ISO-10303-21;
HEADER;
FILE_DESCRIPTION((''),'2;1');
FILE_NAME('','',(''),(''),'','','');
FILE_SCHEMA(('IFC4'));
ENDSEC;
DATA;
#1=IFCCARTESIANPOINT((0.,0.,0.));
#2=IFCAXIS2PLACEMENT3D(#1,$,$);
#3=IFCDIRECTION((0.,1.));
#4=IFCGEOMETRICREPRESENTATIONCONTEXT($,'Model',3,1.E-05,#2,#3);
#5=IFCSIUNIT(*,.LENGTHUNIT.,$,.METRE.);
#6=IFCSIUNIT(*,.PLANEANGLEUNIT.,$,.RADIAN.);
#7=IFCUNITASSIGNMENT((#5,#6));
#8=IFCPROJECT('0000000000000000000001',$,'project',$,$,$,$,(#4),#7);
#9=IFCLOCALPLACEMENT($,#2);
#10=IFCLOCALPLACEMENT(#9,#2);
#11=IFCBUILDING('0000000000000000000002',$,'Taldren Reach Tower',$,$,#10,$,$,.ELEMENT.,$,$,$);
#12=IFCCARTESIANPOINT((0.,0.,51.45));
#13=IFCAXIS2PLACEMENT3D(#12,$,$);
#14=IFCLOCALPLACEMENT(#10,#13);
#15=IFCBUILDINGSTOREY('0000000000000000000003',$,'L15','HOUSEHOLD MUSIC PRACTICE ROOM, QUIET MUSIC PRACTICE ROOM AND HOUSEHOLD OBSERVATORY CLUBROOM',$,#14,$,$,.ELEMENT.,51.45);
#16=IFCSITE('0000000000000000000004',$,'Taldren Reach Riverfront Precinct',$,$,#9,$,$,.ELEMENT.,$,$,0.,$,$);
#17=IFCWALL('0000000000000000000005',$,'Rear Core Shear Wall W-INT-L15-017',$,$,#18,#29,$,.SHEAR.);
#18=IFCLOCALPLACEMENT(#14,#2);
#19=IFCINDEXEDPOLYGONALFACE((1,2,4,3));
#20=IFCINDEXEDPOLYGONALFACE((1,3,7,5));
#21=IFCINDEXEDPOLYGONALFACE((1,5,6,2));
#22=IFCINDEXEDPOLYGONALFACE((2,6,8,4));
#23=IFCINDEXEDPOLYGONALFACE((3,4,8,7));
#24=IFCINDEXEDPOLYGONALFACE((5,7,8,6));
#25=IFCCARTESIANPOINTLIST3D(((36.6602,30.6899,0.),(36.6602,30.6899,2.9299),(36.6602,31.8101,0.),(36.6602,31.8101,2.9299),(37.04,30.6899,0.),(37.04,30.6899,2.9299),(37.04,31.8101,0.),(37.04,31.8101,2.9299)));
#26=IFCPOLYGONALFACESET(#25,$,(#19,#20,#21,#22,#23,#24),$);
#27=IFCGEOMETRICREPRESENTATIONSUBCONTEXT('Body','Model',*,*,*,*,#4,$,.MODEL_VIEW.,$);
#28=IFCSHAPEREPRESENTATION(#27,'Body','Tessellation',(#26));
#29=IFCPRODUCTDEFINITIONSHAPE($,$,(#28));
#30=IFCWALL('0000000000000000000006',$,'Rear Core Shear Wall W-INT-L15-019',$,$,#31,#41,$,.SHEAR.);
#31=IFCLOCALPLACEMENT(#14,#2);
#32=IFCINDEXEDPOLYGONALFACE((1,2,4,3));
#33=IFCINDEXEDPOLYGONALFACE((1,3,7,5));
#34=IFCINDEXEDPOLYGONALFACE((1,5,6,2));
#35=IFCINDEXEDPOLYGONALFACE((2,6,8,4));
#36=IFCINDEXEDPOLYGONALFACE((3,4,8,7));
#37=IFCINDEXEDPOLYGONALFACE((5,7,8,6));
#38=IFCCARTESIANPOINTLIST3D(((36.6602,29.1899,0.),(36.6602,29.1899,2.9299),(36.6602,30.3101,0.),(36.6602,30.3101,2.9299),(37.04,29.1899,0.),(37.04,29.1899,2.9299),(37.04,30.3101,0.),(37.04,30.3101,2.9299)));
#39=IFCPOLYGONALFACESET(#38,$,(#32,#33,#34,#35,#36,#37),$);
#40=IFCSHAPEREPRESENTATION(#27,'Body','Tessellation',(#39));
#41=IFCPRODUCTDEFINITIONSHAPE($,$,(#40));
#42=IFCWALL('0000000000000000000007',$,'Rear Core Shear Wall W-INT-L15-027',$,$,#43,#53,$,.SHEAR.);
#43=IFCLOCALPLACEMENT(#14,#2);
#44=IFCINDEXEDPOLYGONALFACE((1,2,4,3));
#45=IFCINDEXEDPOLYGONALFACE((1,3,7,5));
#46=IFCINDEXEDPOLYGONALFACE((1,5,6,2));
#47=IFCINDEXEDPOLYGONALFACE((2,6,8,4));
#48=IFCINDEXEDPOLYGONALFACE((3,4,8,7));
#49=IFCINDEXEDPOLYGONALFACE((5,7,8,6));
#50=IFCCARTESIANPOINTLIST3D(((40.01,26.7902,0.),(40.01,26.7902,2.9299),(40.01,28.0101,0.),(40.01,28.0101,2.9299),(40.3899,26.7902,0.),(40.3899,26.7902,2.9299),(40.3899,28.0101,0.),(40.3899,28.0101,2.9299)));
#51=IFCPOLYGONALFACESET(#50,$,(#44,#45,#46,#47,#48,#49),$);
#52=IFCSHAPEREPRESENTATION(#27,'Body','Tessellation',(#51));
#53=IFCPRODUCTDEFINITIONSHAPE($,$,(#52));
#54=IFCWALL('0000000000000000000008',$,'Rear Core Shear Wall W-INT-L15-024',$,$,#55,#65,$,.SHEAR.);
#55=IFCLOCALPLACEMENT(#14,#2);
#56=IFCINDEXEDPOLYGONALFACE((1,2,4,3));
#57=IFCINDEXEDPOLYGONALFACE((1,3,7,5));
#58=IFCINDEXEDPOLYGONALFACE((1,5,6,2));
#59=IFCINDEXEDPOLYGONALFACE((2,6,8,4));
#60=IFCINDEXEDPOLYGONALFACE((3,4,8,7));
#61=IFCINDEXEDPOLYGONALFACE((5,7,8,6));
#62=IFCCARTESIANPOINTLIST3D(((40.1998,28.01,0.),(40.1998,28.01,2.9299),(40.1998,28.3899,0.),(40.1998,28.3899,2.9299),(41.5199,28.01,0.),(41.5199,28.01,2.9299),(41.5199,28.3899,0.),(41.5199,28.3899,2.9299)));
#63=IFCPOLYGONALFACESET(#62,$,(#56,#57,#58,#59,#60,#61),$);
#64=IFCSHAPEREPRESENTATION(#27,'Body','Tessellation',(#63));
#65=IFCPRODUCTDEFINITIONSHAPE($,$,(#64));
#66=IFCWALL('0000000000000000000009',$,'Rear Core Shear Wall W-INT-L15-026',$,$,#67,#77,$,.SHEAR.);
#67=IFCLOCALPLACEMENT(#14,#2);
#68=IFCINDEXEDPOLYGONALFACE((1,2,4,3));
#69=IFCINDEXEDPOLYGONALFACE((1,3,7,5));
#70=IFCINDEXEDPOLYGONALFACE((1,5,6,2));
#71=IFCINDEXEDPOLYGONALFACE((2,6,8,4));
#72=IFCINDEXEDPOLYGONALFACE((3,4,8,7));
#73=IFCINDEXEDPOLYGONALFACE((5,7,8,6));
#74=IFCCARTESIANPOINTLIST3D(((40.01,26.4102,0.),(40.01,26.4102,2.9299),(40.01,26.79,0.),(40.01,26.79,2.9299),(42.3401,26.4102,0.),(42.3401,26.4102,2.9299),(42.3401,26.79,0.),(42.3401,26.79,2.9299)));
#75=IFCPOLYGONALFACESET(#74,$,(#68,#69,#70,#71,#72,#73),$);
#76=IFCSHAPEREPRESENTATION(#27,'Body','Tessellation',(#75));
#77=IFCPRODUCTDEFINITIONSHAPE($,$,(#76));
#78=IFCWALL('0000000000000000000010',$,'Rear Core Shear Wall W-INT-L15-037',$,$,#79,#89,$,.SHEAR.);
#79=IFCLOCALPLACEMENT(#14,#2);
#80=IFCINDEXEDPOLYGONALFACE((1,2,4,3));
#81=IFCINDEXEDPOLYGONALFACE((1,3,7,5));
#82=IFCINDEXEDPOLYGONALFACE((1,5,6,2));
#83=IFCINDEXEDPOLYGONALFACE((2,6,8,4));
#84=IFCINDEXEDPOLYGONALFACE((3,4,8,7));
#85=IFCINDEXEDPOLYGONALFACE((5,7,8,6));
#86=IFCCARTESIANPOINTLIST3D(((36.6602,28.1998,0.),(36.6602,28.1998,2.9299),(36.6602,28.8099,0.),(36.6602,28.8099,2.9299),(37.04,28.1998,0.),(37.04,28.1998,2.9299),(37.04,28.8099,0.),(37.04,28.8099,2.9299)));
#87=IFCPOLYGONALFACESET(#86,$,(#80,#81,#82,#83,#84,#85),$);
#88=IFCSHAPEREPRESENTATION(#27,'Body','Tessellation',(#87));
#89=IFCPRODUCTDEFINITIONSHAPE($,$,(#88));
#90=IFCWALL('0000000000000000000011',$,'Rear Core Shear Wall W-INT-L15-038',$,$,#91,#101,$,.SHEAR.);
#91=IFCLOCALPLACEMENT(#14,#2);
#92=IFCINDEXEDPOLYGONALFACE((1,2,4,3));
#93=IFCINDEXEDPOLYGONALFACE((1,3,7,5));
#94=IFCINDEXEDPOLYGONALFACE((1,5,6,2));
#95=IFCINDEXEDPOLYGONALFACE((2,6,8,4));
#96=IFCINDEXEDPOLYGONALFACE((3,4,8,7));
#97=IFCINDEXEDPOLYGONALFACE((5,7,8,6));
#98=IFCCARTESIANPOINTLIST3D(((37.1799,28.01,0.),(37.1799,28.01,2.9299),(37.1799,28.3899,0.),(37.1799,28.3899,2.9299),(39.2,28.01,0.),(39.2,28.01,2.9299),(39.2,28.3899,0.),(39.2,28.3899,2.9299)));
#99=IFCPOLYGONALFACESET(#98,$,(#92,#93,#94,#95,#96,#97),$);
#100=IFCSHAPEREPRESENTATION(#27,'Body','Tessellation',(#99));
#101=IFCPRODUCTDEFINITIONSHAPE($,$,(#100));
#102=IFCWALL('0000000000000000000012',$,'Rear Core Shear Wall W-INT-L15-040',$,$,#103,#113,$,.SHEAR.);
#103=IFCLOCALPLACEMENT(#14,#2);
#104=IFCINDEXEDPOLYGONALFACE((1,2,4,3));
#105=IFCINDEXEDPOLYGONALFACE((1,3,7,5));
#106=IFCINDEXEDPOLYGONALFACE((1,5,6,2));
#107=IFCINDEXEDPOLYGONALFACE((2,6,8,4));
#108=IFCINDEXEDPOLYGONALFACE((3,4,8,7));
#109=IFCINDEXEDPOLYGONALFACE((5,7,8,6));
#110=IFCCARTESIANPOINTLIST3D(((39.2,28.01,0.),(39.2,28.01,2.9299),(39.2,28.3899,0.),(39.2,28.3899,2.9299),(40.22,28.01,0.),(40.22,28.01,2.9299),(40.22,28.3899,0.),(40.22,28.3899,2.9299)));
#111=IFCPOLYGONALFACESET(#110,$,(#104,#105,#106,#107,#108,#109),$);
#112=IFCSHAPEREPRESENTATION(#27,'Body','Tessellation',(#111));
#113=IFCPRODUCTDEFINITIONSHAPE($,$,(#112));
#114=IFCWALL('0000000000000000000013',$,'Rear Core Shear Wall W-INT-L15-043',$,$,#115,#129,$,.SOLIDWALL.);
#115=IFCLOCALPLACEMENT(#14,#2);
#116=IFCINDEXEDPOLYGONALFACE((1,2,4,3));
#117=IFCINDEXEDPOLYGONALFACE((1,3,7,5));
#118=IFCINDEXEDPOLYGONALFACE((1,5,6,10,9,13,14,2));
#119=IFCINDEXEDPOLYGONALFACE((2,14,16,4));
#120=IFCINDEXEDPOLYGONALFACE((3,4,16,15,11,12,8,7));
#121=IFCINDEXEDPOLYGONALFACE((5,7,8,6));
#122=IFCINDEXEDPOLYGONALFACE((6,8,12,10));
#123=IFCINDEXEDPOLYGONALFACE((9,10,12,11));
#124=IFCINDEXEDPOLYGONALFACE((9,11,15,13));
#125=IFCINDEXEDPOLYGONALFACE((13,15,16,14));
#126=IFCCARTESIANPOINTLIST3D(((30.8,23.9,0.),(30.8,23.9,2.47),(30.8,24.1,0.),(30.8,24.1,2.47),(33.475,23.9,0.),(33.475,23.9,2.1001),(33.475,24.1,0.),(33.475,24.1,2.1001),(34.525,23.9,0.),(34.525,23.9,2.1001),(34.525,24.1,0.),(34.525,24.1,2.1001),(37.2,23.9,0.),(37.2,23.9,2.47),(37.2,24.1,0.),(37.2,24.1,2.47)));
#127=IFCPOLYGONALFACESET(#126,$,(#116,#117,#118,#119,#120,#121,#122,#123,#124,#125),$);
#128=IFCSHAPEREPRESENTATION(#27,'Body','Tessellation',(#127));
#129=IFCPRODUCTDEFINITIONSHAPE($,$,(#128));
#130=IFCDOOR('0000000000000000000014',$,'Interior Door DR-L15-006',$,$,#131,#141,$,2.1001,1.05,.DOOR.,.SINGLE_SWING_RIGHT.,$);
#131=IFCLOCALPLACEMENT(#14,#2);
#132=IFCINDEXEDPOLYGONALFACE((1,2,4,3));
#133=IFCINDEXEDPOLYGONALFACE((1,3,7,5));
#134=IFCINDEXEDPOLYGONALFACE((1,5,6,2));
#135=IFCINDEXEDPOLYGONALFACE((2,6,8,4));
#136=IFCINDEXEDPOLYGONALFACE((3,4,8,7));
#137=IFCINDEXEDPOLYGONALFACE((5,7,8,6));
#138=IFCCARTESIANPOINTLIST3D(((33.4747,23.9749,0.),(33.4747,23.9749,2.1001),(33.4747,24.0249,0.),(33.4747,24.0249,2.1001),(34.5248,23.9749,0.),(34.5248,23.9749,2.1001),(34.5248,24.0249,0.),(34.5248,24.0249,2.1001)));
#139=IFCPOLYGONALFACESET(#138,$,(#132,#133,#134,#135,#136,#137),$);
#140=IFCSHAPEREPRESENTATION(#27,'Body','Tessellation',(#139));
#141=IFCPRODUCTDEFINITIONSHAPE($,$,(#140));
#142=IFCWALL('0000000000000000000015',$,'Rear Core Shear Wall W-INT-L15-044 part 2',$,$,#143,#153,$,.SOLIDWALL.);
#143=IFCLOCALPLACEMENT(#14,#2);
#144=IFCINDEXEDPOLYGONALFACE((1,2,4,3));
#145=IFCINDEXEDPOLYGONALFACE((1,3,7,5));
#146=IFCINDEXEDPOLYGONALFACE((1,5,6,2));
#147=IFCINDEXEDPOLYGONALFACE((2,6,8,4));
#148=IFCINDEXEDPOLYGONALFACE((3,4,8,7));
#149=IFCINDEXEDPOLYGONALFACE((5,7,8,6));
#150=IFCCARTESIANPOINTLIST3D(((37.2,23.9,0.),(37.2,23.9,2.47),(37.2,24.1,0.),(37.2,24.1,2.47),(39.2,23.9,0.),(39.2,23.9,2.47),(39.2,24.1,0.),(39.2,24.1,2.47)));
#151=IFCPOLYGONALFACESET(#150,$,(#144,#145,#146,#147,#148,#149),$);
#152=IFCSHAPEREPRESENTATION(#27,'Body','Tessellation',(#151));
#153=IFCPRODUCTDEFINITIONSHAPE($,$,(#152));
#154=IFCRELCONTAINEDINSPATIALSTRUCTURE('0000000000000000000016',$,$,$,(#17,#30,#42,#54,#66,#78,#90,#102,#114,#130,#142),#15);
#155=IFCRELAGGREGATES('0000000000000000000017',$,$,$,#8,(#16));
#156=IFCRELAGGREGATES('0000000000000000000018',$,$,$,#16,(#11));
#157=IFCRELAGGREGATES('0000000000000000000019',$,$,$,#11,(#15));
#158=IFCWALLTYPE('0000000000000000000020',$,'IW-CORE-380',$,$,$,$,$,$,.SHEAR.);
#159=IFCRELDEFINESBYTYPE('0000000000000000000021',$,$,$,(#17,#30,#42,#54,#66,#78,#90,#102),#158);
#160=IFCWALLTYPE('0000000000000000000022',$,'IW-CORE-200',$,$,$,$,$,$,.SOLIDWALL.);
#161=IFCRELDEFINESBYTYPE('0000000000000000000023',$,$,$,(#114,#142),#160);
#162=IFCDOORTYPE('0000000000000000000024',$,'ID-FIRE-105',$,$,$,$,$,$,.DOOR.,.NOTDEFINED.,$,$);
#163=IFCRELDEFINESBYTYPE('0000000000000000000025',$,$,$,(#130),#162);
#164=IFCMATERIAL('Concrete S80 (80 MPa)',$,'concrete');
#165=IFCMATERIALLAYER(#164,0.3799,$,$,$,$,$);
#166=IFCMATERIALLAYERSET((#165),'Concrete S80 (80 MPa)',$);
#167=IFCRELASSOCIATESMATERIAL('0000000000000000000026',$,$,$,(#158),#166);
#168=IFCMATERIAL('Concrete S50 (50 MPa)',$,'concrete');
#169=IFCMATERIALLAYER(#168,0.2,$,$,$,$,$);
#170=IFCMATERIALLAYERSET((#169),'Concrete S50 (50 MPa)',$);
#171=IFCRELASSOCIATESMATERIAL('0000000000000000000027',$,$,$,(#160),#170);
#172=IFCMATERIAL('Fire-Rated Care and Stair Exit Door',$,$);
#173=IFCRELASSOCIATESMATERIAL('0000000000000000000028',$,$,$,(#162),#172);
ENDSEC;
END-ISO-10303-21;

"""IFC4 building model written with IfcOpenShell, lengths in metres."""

from ifc_helpers import new_model, si_unit, direction, frame, frame_2d, origin, place, context, subcontext, project, spatial, rectangle, extrude, source, transform, mapped, material, layer, layer_set, type_object, element, fill, save


model = new_model("IFC4")

# Units and contexts
model_context = context("Model", 3, precision=1e-05, world=origin(), true_north=direction((0.0, 1.0)))
body_context = subcontext(model_context, "Body", "Model", "MODEL_VIEW")
ifc_project = project(units=[si_unit("LENGTHUNIT", "METRE"), si_unit("PLANEANGLEUNIT", "RADIAN")], contexts=[model_context])

# Site, building, storey
site_placement = place(None, origin())
site = spatial("IfcSite", under=ifc_project, at=site_placement, Name="Taldren Reach Riverfront Precinct", CompositionType="ELEMENT", RefElevation=0.0)
building_placement = place(site_placement, origin())
building = spatial("IfcBuilding", under=site, at=building_placement, Name="Taldren Reach Tower", CompositionType="ELEMENT")
storey_placement = place(building_placement, frame((0.0, 0.0, 51.45)))
storey = spatial("IfcBuildingStorey", under=building, at=storey_placement, Name="L15", Description="HOUSEHOLD MUSIC PRACTICE ROOM, QUIET MUSIC PRACTICE ROOM AND HOUSEHOLD OBSERVATORY CLUBROOM", CompositionType="ELEMENT", Elevation=51.45)

# Walls
ifc_material_1 = material(Name="Concrete S80 (80 MPa)", Category="concrete")
ifc_layer_1 = layer(ifc_material_1, 0.3799)
ifc_layer_set_1 = layer_set([ifc_layer_1], Name="Concrete S80 (80 MPa)")
wall_type_1 = type_object("IfcWallType", Name="IW-CORE-380", PredefinedType="SHEAR", material=ifc_layer_set_1)
ifc_material_2 = material(Name="Concrete S50 (50 MPa)", Category="concrete")
ifc_layer_2 = layer(ifc_material_2, 0.2)
ifc_layer_set_2 = layer_set([ifc_layer_2], Name="Concrete S50 (50 MPa)")
wall_type_2 = type_object("IfcWallType", Name="IW-CORE-200", PredefinedType="SOLIDWALL", material=ifc_layer_set_2)
shared_shape_1 = source(origin(), body_context, "Body", "SweptSolid", [
    extrude(rectangle(XDim=1.1201, YDim=0.3799, at=frame_2d((0.5601, 0.0))), origin(), (0.0, 0.0, 1.0), 2.9299),
])
for number, where, z_axis, x_axis, name in (
    (1, (36.8501, 30.6899, 0.0), (0.0, 0.0, 1.0), (0.0, 1.0, 0.0), "Rear Core Shear Wall W-INT-L15-017"),
    (2, (36.8501, 29.1899, 0.0), (0.0, 0.0, 1.0), (0.0, 1.0, 0.0), "Rear Core Shear Wall W-INT-L15-019"),
):
    element("IfcWall", number, at=place(storey_placement, frame(where, z_axis=z_axis, x_axis=x_axis)), inside=storey, type_object=wall_type_1, Name=name, PredefinedType="SHEAR", context=body_context, shape_type="MappedRepresentation", body=[
        mapped(shared_shape_1, transform((0.0, 0.0, 0.0), scale=1.0)),
    ])
shared_shape_2 = source(origin(), body_context, "Body", "SweptSolid", [
    extrude(rectangle(XDim=1.22, YDim=0.3799, at=frame_2d((0.6099, 0.0))), origin(), (0.0, 0.0, 1.0), 2.9299),
])
wall_1_placement = place(storey_placement, frame((40.2, 28.01, 0.0), z_axis=(0.0, 0.0, 1.0), x_axis=(0.0, -1.0, 0.0)))
element("IfcWall", 3, at=wall_1_placement, inside=storey, type_object=wall_type_1, Name="Rear Core Shear Wall W-INT-L15-027", PredefinedType="SHEAR", context=body_context, shape_type="MappedRepresentation", body=[
    mapped(shared_shape_2, transform((0.0, 0.0, 0.0), scale=1.0)),
])
shared_shape_3 = source(origin(), body_context, "Body", "SweptSolid", [
    extrude(rectangle(XDim=1.3201, YDim=0.3799, at=frame_2d((0.6602, 0.0))), origin(), (0.0, 0.0, 1.0), 2.9299),
])
wall_2_placement = place(storey_placement, frame((41.52, 28.2, 0.0), z_axis=(0.0, 0.0, 1.0), x_axis=(-1.0, 0.0, 0.0)))
element("IfcWall", 4, at=wall_2_placement, inside=storey, type_object=wall_type_1, Name="Rear Core Shear Wall W-INT-L15-024", PredefinedType="SHEAR", context=body_context, shape_type="MappedRepresentation", body=[
    mapped(shared_shape_3, transform((0.0, 0.0, 0.0), scale=1.0)),
])
shared_shape_4 = source(origin(), body_context, "Body", "SweptSolid", [
    extrude(rectangle(XDim=2.3301, YDim=0.3799, at=frame_2d((1.165, 0.0))), origin(), (0.0, 0.0, 1.0), 2.9299),
])
wall_3_placement = place(storey_placement, frame((40.01, 26.6001, 0.0), z_axis=(0.0, 0.0, 1.0), x_axis=(1.0, 0.0, 0.0)))
element("IfcWall", 5, at=wall_3_placement, inside=storey, type_object=wall_type_1, Name="Rear Core Shear Wall W-INT-L15-026", PredefinedType="SHEAR", context=body_context, shape_type="MappedRepresentation", body=[
    mapped(shared_shape_4, transform((0.0, 0.0, 0.0), scale=1.0)),
])
shared_shape_5 = source(origin(), body_context, "Body", "SweptSolid", [
    extrude(rectangle(XDim=0.6101, YDim=0.3799, at=frame_2d((0.3052, 0.0))), origin(), (0.0, 0.0, 1.0), 2.9299),
])
wall_4_placement = place(storey_placement, frame((36.8501, 28.8101, 0.0), z_axis=(0.0, 0.0, 1.0), x_axis=(0.0, -1.0, 0.0)))
element("IfcWall", 6, at=wall_4_placement, inside=storey, type_object=wall_type_1, Name="Rear Core Shear Wall W-INT-L15-037", PredefinedType="SHEAR", context=body_context, shape_type="MappedRepresentation", body=[
    mapped(shared_shape_5, transform((0.0, 0.0, 0.0), scale=1.0)),
])
shared_shape_6 = source(origin(), body_context, "Body", "SweptSolid", [
    extrude(rectangle(XDim=2.02, YDim=0.3799, at=frame_2d((1.01, 0.0))), origin(), (0.0, 0.0, 1.0), 2.9299),
])
wall_5_placement = place(storey_placement, frame((37.1799, 28.2, 0.0), z_axis=(0.0, 0.0, 1.0), x_axis=(1.0, 0.0, 0.0)))
element("IfcWall", 7, at=wall_5_placement, inside=storey, type_object=wall_type_1, Name="Rear Core Shear Wall W-INT-L15-038", PredefinedType="SHEAR", context=body_context, shape_type="MappedRepresentation", body=[
    mapped(shared_shape_6, transform((0.0, 0.0, 0.0), scale=1.0)),
])
shared_shape_7 = source(origin(), body_context, "Body", "SweptSolid", [
    extrude(rectangle(XDim=1.02, YDim=0.3799, at=frame_2d((0.51, 0.0))), origin(), (0.0, 0.0, 1.0), 2.9299),
])
wall_6_placement = place(storey_placement, frame((39.2, 28.2, 0.0), z_axis=(0.0, 0.0, 1.0), x_axis=(1.0, 0.0, 0.0)))
element("IfcWall", 8, at=wall_6_placement, inside=storey, type_object=wall_type_1, Name="Rear Core Shear Wall W-INT-L15-040", PredefinedType="SHEAR", context=body_context, shape_type="MappedRepresentation", body=[
    mapped(shared_shape_7, transform((0.0, 0.0, 0.0), scale=1.0)),
])

# Wall, opening, door
shared_shape_8 = source(origin(), body_context, "Body", "SweptSolid", [
    extrude(rectangle(XDim=6.3999, YDim=0.2, at=frame_2d((3.2, 0.0))), origin(), (0.0, 0.0, 1.0), 2.47),
])
wall_7_placement = place(storey_placement, frame((37.2, 24.0, 0.0), z_axis=(0.0, 0.0, 1.0), x_axis=(-1.0, 0.0, 0.0)))
wall_7 = element("IfcWall", 9, at=wall_7_placement, inside=storey, type_object=wall_type_2, Name="Rear Core Shear Wall W-INT-L15-043", PredefinedType="SOLIDWALL", context=body_context, shape_type="MappedRepresentation", body=[
    mapped(shared_shape_8, transform((0.0, 0.0, 0.0), scale=1.0)),
])
shared_shape_9 = source(origin(), body_context, "Body", "SweptSolid", [
    extrude(rectangle(XDim=1.05, YDim=2.1001, at=frame_2d((0.5249, 1.05))), frame((0.0, 0.1099, 0.0), z_axis=(0.0, -1.0, 0.0), x_axis=(1.0, 0.0, 0.0)), (0.0, 0.0, 1.0), 0.22),
])
opening_placement = place(wall_7_placement, frame((2.675, 0.0, 0.0)))
opening = element("IfcOpeningElement", 10, at=opening_placement, cuts=wall_7, PredefinedType="OPENING", context=body_context, shape_type="MappedRepresentation", body=[
    mapped(shared_shape_9, transform((0.0, 0.0, 0.0), scale=1.0)),
])
ifc_material_3 = material(Name="Fire-Rated Care and Stair Exit Door")
door_type = type_object("IfcDoorType", Name="ID-FIRE-105", OperationType="NOTDEFINED", PredefinedType="DOOR", material=ifc_material_3)
shared_shape_10 = source(origin(), body_context, "Body", "SweptSolid", [
    extrude(rectangle(XDim=1.05, YDim=2.1001, at=frame_2d((0.5249, 1.05))), frame((0.0, 0.0249, 0.0), z_axis=(0.0, -1.0, 0.0), x_axis=(1.0, 0.0, 0.0)), (0.0, 0.0, 1.0), 0.05),
])
door_placement = place(opening_placement, frame((1.05, 0.0, 0.0), z_axis=(0.0, 0.0, 1.0), x_axis=(-1.0, 0.0, 0.0)))
door = element("IfcDoor", 11, at=door_placement, inside=storey, type_object=door_type, Name="Interior Door DR-L15-006", OperationType="SINGLE_SWING_RIGHT", OverallHeight=2.1001, OverallWidth=1.05, PredefinedType="DOOR", context=body_context, shape_type="MappedRepresentation", body=[
    mapped(shared_shape_10, transform((0.0, 0.0, 0.0), scale=1.0)),
])
fill(opening, door)

# Wall
shared_shape_11 = source(origin(), body_context, "Body", "SweptSolid", [
    extrude(rectangle(XDim=2.0, YDim=0.2, at=frame_2d((1.0, 0.0))), origin(), (0.0, 0.0, 1.0), 2.47),
])
wall_8_placement = place(storey_placement, frame((39.2, 24.0, 0.0), z_axis=(0.0, 0.0, 1.0), x_axis=(-1.0, 0.0, 0.0)))
element("IfcWall", 12, at=wall_8_placement, inside=storey, type_object=wall_type_2, Name="Rear Core Shear Wall W-INT-L15-044 part 2", PredefinedType="SOLIDWALL", context=body_context, shape_type="MappedRepresentation", body=[
    mapped(shared_shape_11, transform((0.0, 0.0, 0.0), scale=1.0)),
])

save(model, "model.ifc")
